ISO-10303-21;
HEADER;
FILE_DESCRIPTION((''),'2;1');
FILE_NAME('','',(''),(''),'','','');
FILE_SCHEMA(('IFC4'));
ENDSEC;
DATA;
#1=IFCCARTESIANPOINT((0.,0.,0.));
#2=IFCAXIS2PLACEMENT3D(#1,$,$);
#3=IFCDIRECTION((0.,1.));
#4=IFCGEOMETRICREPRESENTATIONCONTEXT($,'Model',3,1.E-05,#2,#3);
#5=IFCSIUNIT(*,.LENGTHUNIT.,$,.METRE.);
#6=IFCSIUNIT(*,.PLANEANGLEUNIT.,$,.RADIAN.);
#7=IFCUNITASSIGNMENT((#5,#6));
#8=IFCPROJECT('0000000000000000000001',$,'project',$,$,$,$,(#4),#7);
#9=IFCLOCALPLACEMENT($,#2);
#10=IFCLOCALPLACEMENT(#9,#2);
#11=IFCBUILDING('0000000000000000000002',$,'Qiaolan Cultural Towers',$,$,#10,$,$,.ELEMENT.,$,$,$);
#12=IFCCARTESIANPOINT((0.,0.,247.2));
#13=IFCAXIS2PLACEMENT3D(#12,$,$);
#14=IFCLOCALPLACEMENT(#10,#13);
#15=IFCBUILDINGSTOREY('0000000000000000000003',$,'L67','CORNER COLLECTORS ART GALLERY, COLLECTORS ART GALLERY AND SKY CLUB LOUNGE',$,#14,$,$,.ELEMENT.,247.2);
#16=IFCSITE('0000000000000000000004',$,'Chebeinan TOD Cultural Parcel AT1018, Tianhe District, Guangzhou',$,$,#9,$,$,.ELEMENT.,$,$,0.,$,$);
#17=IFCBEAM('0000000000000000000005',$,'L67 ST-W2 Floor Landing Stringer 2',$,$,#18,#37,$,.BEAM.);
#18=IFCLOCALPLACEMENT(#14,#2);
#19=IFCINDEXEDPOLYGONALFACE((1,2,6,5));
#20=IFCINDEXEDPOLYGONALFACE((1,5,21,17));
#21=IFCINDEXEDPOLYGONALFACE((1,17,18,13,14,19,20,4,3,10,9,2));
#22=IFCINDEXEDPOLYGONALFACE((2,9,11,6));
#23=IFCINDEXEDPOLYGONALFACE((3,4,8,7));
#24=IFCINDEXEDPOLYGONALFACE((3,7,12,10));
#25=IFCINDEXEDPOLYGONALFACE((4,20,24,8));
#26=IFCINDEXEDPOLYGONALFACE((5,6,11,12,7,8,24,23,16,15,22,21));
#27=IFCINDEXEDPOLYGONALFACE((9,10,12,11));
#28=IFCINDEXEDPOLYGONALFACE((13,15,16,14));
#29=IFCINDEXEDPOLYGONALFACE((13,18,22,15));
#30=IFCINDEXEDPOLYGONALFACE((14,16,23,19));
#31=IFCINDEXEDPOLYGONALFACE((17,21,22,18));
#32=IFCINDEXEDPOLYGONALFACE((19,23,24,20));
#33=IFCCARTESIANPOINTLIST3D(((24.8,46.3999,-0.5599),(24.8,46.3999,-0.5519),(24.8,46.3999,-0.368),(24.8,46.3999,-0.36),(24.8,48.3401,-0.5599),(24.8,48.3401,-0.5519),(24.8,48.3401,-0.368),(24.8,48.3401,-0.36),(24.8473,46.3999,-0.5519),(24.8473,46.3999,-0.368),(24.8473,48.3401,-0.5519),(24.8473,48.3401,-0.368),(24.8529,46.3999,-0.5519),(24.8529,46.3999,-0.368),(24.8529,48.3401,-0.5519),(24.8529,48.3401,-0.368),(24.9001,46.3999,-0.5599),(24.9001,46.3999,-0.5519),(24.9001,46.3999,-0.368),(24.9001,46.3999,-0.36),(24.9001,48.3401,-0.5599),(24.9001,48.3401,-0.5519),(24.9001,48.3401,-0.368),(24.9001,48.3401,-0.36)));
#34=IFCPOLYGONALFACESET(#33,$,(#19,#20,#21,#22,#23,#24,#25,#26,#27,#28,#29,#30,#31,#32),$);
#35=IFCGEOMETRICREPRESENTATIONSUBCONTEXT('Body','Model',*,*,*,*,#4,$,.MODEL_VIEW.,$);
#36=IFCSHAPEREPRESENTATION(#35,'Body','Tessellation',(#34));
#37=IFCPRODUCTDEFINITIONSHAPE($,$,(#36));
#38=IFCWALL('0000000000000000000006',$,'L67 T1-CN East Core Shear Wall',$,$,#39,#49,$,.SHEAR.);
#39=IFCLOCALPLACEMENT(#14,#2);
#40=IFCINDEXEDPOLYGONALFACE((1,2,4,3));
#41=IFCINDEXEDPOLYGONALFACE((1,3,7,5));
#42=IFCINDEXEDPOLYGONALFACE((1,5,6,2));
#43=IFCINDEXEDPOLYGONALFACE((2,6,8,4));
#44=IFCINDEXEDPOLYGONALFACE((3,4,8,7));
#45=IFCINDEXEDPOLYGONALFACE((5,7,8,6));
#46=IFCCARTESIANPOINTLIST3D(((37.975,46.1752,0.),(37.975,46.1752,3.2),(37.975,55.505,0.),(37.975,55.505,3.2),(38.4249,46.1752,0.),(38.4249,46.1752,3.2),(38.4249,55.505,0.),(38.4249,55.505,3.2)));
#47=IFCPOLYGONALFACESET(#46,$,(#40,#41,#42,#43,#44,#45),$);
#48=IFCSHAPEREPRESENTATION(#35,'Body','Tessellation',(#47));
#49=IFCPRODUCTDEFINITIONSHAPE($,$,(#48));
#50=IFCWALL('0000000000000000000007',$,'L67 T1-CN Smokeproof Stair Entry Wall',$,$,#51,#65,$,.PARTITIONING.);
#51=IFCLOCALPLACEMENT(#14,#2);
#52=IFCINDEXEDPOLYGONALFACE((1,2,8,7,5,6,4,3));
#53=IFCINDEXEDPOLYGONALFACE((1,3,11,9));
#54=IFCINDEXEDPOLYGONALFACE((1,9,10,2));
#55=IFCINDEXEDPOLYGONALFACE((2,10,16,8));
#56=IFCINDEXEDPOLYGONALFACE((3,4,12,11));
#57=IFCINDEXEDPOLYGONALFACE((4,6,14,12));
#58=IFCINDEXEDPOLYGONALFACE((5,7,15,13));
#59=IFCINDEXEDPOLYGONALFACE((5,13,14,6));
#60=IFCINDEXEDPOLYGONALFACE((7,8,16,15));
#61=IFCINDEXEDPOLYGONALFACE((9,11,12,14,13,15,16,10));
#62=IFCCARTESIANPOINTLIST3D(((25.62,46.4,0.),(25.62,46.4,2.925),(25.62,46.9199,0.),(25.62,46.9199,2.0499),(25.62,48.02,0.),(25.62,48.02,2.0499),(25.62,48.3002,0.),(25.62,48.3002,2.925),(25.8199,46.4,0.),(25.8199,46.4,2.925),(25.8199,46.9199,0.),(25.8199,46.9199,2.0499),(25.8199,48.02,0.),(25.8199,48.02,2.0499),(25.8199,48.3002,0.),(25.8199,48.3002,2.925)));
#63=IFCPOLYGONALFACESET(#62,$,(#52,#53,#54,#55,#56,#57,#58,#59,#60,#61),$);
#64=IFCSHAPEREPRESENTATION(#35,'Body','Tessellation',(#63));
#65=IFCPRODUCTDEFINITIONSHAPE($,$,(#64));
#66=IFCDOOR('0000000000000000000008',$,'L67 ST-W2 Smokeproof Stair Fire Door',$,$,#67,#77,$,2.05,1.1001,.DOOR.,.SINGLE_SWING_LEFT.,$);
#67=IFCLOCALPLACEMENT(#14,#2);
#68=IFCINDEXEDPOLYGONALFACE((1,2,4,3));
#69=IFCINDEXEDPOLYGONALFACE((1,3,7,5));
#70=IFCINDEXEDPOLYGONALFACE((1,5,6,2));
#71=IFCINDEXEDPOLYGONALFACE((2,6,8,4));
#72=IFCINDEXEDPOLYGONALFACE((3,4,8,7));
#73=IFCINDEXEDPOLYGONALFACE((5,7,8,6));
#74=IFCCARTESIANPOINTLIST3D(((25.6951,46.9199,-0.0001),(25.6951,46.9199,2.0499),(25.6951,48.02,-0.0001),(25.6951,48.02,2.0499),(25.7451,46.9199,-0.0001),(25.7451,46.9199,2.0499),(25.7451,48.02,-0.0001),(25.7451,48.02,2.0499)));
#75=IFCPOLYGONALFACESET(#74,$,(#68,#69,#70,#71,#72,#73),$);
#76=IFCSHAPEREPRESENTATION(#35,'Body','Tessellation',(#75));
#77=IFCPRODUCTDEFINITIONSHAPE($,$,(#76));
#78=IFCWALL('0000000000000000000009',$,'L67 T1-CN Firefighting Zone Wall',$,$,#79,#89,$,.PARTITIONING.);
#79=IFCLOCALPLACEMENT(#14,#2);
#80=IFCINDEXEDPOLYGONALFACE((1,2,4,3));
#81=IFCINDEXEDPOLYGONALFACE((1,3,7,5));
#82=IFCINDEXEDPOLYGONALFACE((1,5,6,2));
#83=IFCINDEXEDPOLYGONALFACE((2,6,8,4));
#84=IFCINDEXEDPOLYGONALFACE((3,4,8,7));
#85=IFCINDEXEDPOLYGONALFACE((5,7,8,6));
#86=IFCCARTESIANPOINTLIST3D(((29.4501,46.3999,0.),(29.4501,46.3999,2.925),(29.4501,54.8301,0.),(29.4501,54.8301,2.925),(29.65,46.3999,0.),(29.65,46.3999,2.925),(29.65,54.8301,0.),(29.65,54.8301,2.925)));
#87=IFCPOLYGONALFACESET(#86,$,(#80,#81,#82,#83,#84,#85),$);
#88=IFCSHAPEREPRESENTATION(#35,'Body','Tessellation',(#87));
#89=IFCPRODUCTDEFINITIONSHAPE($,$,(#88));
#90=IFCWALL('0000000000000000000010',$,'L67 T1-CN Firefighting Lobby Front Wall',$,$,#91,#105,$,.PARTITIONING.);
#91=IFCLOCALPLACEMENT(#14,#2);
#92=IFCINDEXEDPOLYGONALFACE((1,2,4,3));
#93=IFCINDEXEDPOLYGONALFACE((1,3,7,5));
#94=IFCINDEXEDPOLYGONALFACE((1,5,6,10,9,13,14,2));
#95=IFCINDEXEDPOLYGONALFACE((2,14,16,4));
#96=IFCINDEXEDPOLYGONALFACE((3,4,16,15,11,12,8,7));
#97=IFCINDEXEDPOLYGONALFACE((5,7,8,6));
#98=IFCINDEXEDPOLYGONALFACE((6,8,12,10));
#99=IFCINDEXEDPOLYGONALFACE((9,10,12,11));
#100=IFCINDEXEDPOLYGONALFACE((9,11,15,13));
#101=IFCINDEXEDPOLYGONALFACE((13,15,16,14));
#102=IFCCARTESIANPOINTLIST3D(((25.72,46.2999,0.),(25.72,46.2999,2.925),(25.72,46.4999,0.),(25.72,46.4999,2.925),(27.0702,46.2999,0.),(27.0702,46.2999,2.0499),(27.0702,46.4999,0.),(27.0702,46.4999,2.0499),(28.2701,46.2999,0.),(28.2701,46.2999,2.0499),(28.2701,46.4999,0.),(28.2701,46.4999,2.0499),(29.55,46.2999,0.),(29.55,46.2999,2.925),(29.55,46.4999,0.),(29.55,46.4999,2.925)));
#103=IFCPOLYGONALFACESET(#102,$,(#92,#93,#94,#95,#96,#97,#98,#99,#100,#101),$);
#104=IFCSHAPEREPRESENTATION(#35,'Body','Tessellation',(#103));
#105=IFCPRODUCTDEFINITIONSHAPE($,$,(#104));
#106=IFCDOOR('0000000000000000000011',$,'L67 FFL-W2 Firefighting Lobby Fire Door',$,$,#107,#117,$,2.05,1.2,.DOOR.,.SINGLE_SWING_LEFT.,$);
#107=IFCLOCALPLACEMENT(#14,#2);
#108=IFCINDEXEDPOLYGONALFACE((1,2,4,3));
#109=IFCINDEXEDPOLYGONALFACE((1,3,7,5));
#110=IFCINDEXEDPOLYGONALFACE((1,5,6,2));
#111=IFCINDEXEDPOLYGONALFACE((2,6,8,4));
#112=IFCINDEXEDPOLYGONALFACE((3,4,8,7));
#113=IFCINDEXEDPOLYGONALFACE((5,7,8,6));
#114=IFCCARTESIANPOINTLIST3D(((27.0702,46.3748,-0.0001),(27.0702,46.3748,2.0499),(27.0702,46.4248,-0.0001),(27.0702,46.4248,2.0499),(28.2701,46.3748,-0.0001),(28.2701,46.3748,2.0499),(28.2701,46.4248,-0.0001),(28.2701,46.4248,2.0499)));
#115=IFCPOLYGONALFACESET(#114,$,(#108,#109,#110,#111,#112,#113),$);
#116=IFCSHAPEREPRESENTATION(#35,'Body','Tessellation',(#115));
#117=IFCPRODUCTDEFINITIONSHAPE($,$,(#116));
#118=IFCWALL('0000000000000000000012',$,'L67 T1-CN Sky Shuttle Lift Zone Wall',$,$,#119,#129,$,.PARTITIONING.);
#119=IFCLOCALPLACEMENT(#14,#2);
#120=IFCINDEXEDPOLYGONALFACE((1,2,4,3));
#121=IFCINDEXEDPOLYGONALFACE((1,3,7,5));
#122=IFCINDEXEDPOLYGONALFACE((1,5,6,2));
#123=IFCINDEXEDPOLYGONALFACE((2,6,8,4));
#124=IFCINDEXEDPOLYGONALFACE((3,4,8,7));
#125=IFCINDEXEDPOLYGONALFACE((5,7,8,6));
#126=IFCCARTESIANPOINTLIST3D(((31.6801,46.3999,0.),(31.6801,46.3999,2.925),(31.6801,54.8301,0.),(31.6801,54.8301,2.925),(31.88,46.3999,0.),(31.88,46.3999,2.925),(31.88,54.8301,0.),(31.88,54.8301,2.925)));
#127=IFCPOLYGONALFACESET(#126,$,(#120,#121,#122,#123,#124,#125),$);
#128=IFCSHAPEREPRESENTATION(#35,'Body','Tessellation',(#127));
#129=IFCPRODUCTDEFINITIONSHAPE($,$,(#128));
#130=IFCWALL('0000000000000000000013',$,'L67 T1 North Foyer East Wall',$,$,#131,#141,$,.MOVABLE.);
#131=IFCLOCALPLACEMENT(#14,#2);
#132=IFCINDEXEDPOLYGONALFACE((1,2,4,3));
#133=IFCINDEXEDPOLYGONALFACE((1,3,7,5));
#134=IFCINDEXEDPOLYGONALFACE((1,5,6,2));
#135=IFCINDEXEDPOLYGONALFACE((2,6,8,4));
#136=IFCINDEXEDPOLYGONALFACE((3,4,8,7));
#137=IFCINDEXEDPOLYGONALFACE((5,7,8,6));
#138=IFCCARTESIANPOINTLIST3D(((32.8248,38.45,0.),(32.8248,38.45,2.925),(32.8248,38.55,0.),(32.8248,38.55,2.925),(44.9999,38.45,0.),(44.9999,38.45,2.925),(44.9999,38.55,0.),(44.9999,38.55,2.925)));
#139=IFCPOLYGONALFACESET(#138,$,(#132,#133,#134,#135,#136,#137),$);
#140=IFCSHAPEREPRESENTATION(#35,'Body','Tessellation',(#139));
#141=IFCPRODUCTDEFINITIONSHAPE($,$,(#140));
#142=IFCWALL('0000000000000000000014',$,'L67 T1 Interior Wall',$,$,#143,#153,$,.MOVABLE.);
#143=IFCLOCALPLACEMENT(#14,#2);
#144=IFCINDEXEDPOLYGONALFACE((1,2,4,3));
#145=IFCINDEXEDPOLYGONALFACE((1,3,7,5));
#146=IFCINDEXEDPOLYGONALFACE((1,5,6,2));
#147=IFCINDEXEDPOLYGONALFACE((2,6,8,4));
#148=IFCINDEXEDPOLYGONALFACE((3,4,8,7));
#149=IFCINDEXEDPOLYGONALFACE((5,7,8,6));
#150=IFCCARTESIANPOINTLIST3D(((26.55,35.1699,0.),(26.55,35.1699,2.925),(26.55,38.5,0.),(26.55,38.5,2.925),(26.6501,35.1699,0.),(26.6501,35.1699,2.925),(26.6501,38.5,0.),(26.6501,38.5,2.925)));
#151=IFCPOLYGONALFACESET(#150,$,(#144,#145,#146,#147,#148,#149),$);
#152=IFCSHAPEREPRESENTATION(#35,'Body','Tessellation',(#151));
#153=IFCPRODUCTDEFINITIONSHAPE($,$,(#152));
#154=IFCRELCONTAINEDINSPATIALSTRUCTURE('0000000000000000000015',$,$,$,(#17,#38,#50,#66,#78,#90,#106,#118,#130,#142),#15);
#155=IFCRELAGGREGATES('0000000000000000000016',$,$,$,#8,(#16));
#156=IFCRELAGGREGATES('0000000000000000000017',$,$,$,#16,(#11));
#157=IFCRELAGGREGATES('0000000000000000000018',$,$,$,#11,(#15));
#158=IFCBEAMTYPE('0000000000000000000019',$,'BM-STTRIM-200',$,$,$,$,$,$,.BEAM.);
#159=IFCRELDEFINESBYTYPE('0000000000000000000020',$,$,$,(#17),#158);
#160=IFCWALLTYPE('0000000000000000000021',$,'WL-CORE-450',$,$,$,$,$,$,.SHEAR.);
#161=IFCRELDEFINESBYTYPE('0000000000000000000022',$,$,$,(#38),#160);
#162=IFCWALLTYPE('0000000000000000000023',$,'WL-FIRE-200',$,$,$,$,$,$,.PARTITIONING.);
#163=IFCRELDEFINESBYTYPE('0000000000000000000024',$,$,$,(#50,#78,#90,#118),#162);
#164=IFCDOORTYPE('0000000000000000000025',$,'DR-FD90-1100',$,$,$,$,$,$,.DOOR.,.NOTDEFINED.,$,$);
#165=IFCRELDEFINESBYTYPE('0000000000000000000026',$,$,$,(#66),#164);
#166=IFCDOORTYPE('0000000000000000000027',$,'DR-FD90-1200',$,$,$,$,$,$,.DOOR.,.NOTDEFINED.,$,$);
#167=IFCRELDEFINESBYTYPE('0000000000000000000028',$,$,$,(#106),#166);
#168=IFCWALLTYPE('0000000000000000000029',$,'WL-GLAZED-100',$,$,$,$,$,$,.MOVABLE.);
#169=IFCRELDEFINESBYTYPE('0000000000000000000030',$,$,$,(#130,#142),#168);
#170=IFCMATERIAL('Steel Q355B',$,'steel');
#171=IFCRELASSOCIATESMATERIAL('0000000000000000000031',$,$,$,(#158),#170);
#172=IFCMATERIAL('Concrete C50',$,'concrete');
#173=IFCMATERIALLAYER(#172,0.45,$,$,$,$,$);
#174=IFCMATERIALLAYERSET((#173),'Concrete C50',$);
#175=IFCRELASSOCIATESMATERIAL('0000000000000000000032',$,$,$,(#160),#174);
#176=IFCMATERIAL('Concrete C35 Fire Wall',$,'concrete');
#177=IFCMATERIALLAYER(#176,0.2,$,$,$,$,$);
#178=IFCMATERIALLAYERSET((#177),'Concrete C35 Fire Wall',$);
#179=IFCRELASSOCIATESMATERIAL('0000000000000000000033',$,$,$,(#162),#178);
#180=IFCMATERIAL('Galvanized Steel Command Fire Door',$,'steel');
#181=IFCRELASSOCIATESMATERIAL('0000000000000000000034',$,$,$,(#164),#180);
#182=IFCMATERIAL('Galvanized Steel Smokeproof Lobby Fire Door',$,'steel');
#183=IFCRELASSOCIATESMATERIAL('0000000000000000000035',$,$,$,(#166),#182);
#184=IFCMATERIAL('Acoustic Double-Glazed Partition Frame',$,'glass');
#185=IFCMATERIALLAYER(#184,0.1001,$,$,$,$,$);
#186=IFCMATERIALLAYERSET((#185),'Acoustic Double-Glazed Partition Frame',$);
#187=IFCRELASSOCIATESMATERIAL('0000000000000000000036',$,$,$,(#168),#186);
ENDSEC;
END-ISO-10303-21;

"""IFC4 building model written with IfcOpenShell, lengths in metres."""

from ifc_helpers import new_model, si_unit, direction, frame, frame_2d, origin, origin_2d, place, context, subcontext, project, spatial, rectangle, i_section, extrude, material, layer, layer_set, material_profile, profile_set, type_object, element, fill, save


model = new_model("IFC4")

# Units and contexts
model_context = context("Model", 3, precision=1e-05, world=origin(), true_north=direction((0.0, 1.0)))
body_context = subcontext(model_context, "Body", "Model", "MODEL_VIEW")
ifc_project = project(units=[si_unit("LENGTHUNIT", "METRE"), si_unit("PLANEANGLEUNIT", "RADIAN")], contexts=[model_context])

# Site, building, storey
site_placement = place(None, origin())
site = spatial("IfcSite", under=ifc_project, at=site_placement, Name="Chebeinan TOD Cultural Parcel AT1018, Tianhe District, Guangzhou", CompositionType="ELEMENT", RefElevation=0.0)
building_placement = place(site_placement, origin())
building = spatial("IfcBuilding", under=site, at=building_placement, Name="Qiaolan Cultural Towers", CompositionType="ELEMENT")
storey_placement = place(building_placement, frame((0.0, 0.0, 247.2)))
storey = spatial("IfcBuildingStorey", under=building, at=storey_placement, Name="L67", Description="CORNER COLLECTORS ART GALLERY, COLLECTORS ART GALLERY AND SKY CLUB LOUNGE", CompositionType="ELEMENT", Elevation=247.2)

# Beam
ifc_material_1 = material(Name="Steel Q355B", Category="steel")
ifc_material_profile_1 = material_profile(ifc_material_1, i_section(OverallWidth=0.1001, OverallDepth=0.2, WebThickness=0.0056, FlangeThickness=0.0081, at=origin_2d()), Name="HN200x100x5.5x8")
ifc_profile_set_1 = profile_set([ifc_material_profile_1], Name="Steel Q355B")
beam_type_1 = type_object("IfcBeamType", Name="BM-STTRIM-200", PredefinedType="BEAM", material=ifc_profile_set_1)
beam_1_placement = place(storey_placement, frame((24.8501, 46.3999, -0.46), z_axis=(0.0, 1.0, 0.0), x_axis=(-1.0, 0.0, 0.0)))
element("IfcBeam", 1, at=beam_1_placement, inside=storey, type_object=beam_type_1, Name="L67 ST-W2 Floor Landing Stringer 2", PredefinedType="BEAM", context=body_context, shape_type="SweptSolid", body=[
    extrude(i_section(OverallWidth=0.1001, OverallDepth=0.2, WebThickness=0.0056, FlangeThickness=0.0081, at=origin_2d()), origin(), (0.0, 0.0, 1.0), 1.9402),
])

# Wall
ifc_material_2 = material(Name="Concrete C50", Category="concrete")
ifc_layer_1 = layer(ifc_material_2, 0.45)
ifc_layer_set_1 = layer_set([ifc_layer_1], Name="Concrete C50")
wall_type_1 = type_object("IfcWallType", Name="WL-CORE-450", PredefinedType="SHEAR", material=ifc_layer_set_1)
wall_1_placement = place(storey_placement, frame((38.2, 46.175, 0.0), z_axis=(0.0, 0.0, 1.0), x_axis=(0.0, 1.0, 0.0)))
element("IfcWall", 2, at=wall_1_placement, inside=storey, type_object=wall_type_1, Name="L67 T1-CN East Core Shear Wall", PredefinedType="SHEAR", context=body_context, shape_type="SweptSolid", body=[
    extrude(rectangle(XDim=9.3298, YDim=0.45, at=frame_2d((4.665, 0.0))), origin(), (0.0, 0.0, 1.0), 3.2),
])

# Wall, opening, door
ifc_material_3 = material(Name="Concrete C35 Fire Wall", Category="concrete")
ifc_layer_2 = layer(ifc_material_3, 0.2)
ifc_layer_set_2 = layer_set([ifc_layer_2], Name="Concrete C35 Fire Wall")
wall_type_2 = type_object("IfcWallType", Name="WL-FIRE-200", PredefinedType="PARTITIONING", material=ifc_layer_set_2)
wall_2_placement = place(storey_placement, frame((25.72, 46.3999, 0.0), z_axis=(0.0, 0.0, 1.0), x_axis=(0.0, 1.0, 0.0)))
wall_2 = element("IfcWall", 3, at=wall_2_placement, inside=storey, type_object=wall_type_2, Name="L67 T1-CN Smokeproof Stair Entry Wall", PredefinedType="PARTITIONING", context=body_context, shape_type="SweptSolid", body=[
    extrude(rectangle(XDim=1.9001, YDim=0.2, at=frame_2d((0.9502, 0.0))), origin(), (0.0, 0.0, 1.0), 2.925),
])
opening_1_placement = place(wall_2_placement, frame((0.52, 0.0, 0.0)))
opening_1 = element("IfcOpeningElement", 4, at=opening_1_placement, cuts=wall_2, PredefinedType="OPENING", context=body_context, shape_type="SweptSolid", body=[
    extrude(rectangle(XDim=1.1001, YDim=2.05, at=frame_2d((0.55, 1.0249))), frame((0.0, 0.1099, 0.0), z_axis=(0.0, -1.0, 0.0), x_axis=(1.0, 0.0, 0.0)), (0.0, 0.0, 1.0), 0.22),
])
ifc_material_4 = material(Name="Galvanized Steel Command Fire Door", Category="steel")
door_type_1 = type_object("IfcDoorType", Name="DR-FD90-1100", OperationType="NOTDEFINED", PredefinedType="DOOR", material=ifc_material_4)
door_1_placement = place(opening_1_placement, origin())
door_1 = element("IfcDoor", 5, at=door_1_placement, inside=storey, type_object=door_type_1, Name="L67 ST-W2 Smokeproof Stair Fire Door", OperationType="SINGLE_SWING_LEFT", OverallHeight=2.05, OverallWidth=1.1001, PredefinedType="DOOR", context=body_context, shape_type="SweptSolid", body=[
    extrude(rectangle(XDim=1.1001, YDim=2.05, at=frame_2d((0.55, 1.0249))), frame((0.0, 0.0249, 0.0), z_axis=(0.0, -1.0, 0.0), x_axis=(1.0, 0.0, 0.0)), (0.0, 0.0, 1.0), 0.05),
])
fill(opening_1, door_1)

# Wall
wall_3_placement = place(storey_placement, frame((29.55, 46.3999, 0.0), z_axis=(0.0, 0.0, 1.0), x_axis=(0.0, 1.0, 0.0)))
element("IfcWall", 6, at=wall_3_placement, inside=storey, type_object=wall_type_2, Name="L67 T1-CN Firefighting Zone Wall", PredefinedType="PARTITIONING", context=body_context, shape_type="SweptSolid", body=[
    extrude(rectangle(XDim=8.4302, YDim=0.2, at=frame_2d((4.2151, 0.0))), origin(), (0.0, 0.0, 1.0), 2.925),
])

# Wall, opening, door
wall_4_placement = place(storey_placement, frame((25.72, 46.3999, 0.0), z_axis=(0.0, 0.0, 1.0), x_axis=(1.0, 0.0, 0.0)))
wall_4 = element("IfcWall", 7, at=wall_4_placement, inside=storey, type_object=wall_type_2, Name="L67 T1-CN Firefighting Lobby Front Wall", PredefinedType="PARTITIONING", context=body_context, shape_type="SweptSolid", body=[
    extrude(rectangle(XDim=3.8301, YDim=0.2, at=frame_2d((1.915, 0.0))), origin(), (0.0, 0.0, 1.0), 2.925),
])
opening_2_placement = place(wall_4_placement, frame((1.3501, 0.0, 0.0)))
opening_2 = element("IfcOpeningElement", 8, at=opening_2_placement, cuts=wall_4, PredefinedType="OPENING", context=body_context, shape_type="SweptSolid", body=[
    extrude(rectangle(XDim=1.2, YDim=2.05, at=frame_2d((0.6001, 1.0249))), frame((0.0, 0.1099, 0.0), z_axis=(0.0, -1.0, 0.0), x_axis=(1.0, 0.0, 0.0)), (0.0, 0.0, 1.0), 0.22),
])
ifc_material_5 = material(Name="Galvanized Steel Smokeproof Lobby Fire Door", Category="steel")
door_type_2 = type_object("IfcDoorType", Name="DR-FD90-1200", OperationType="NOTDEFINED", PredefinedType="DOOR", material=ifc_material_5)
door_2_placement = place(opening_2_placement, origin())
door_2 = element("IfcDoor", 9, at=door_2_placement, inside=storey, type_object=door_type_2, Name="L67 FFL-W2 Firefighting Lobby Fire Door", OperationType="SINGLE_SWING_LEFT", OverallHeight=2.05, OverallWidth=1.2, PredefinedType="DOOR", context=body_context, shape_type="SweptSolid", body=[
    extrude(rectangle(XDim=1.2, YDim=2.05, at=frame_2d((0.6001, 1.0249))), frame((0.0, 0.0249, 0.0), z_axis=(0.0, -1.0, 0.0), x_axis=(1.0, 0.0, 0.0)), (0.0, 0.0, 1.0), 0.05),
])
fill(opening_2, door_2)

# Walls
wall_5_placement = place(storey_placement, frame((31.78, 46.3999, 0.0), z_axis=(0.0, 0.0, 1.0), x_axis=(0.0, 1.0, 0.0)))
element("IfcWall", 10, at=wall_5_placement, inside=storey, type_object=wall_type_2, Name="L67 T1-CN Sky Shuttle Lift Zone Wall", PredefinedType="PARTITIONING", context=body_context, shape_type="SweptSolid", body=[
    extrude(rectangle(XDim=8.4302, YDim=0.2, at=frame_2d((4.2151, 0.0))), origin(), (0.0, 0.0, 1.0), 2.925),
])
ifc_material_6 = material(Name="Acoustic Double-Glazed Partition Frame", Category="glass")
ifc_layer_3 = layer(ifc_material_6, 0.1001)
ifc_layer_set_3 = layer_set([ifc_layer_3], Name="Acoustic Double-Glazed Partition Frame")
wall_type_3 = type_object("IfcWallType", Name="WL-GLAZED-100", PredefinedType="MOVABLE", material=ifc_layer_set_3)
wall_6_placement = place(storey_placement, frame((32.825, 38.5, 0.0), z_axis=(0.0, 0.0, 1.0), x_axis=(1.0, 0.0, 0.0)))
element("IfcWall", 11, at=wall_6_placement, inside=storey, type_object=wall_type_3, Name="L67 T1 North Foyer East Wall", PredefinedType="MOVABLE", context=body_context, shape_type="SweptSolid", body=[
    extrude(rectangle(XDim=12.175, YDim=0.1001, at=frame_2d((6.0874, 0.0))), origin(), (0.0, 0.0, 1.0), 2.925),
])
wall_7_placement = place(storey_placement, frame((26.6001, 35.1699, 0.0), z_axis=(0.0, 0.0, 1.0), x_axis=(0.0, 1.0, 0.0)))
element("IfcWall", 12, at=wall_7_placement, inside=storey, type_object=wall_type_3, Name="L67 T1 Interior Wall", PredefinedType="MOVABLE", context=body_context, shape_type="SweptSolid", body=[
    extrude(rectangle(XDim=3.3301, YDim=0.1001, at=frame_2d((1.665, 0.0))), origin(), (0.0, 0.0, 1.0), 2.925),
])

save(model, "model.ifc")
